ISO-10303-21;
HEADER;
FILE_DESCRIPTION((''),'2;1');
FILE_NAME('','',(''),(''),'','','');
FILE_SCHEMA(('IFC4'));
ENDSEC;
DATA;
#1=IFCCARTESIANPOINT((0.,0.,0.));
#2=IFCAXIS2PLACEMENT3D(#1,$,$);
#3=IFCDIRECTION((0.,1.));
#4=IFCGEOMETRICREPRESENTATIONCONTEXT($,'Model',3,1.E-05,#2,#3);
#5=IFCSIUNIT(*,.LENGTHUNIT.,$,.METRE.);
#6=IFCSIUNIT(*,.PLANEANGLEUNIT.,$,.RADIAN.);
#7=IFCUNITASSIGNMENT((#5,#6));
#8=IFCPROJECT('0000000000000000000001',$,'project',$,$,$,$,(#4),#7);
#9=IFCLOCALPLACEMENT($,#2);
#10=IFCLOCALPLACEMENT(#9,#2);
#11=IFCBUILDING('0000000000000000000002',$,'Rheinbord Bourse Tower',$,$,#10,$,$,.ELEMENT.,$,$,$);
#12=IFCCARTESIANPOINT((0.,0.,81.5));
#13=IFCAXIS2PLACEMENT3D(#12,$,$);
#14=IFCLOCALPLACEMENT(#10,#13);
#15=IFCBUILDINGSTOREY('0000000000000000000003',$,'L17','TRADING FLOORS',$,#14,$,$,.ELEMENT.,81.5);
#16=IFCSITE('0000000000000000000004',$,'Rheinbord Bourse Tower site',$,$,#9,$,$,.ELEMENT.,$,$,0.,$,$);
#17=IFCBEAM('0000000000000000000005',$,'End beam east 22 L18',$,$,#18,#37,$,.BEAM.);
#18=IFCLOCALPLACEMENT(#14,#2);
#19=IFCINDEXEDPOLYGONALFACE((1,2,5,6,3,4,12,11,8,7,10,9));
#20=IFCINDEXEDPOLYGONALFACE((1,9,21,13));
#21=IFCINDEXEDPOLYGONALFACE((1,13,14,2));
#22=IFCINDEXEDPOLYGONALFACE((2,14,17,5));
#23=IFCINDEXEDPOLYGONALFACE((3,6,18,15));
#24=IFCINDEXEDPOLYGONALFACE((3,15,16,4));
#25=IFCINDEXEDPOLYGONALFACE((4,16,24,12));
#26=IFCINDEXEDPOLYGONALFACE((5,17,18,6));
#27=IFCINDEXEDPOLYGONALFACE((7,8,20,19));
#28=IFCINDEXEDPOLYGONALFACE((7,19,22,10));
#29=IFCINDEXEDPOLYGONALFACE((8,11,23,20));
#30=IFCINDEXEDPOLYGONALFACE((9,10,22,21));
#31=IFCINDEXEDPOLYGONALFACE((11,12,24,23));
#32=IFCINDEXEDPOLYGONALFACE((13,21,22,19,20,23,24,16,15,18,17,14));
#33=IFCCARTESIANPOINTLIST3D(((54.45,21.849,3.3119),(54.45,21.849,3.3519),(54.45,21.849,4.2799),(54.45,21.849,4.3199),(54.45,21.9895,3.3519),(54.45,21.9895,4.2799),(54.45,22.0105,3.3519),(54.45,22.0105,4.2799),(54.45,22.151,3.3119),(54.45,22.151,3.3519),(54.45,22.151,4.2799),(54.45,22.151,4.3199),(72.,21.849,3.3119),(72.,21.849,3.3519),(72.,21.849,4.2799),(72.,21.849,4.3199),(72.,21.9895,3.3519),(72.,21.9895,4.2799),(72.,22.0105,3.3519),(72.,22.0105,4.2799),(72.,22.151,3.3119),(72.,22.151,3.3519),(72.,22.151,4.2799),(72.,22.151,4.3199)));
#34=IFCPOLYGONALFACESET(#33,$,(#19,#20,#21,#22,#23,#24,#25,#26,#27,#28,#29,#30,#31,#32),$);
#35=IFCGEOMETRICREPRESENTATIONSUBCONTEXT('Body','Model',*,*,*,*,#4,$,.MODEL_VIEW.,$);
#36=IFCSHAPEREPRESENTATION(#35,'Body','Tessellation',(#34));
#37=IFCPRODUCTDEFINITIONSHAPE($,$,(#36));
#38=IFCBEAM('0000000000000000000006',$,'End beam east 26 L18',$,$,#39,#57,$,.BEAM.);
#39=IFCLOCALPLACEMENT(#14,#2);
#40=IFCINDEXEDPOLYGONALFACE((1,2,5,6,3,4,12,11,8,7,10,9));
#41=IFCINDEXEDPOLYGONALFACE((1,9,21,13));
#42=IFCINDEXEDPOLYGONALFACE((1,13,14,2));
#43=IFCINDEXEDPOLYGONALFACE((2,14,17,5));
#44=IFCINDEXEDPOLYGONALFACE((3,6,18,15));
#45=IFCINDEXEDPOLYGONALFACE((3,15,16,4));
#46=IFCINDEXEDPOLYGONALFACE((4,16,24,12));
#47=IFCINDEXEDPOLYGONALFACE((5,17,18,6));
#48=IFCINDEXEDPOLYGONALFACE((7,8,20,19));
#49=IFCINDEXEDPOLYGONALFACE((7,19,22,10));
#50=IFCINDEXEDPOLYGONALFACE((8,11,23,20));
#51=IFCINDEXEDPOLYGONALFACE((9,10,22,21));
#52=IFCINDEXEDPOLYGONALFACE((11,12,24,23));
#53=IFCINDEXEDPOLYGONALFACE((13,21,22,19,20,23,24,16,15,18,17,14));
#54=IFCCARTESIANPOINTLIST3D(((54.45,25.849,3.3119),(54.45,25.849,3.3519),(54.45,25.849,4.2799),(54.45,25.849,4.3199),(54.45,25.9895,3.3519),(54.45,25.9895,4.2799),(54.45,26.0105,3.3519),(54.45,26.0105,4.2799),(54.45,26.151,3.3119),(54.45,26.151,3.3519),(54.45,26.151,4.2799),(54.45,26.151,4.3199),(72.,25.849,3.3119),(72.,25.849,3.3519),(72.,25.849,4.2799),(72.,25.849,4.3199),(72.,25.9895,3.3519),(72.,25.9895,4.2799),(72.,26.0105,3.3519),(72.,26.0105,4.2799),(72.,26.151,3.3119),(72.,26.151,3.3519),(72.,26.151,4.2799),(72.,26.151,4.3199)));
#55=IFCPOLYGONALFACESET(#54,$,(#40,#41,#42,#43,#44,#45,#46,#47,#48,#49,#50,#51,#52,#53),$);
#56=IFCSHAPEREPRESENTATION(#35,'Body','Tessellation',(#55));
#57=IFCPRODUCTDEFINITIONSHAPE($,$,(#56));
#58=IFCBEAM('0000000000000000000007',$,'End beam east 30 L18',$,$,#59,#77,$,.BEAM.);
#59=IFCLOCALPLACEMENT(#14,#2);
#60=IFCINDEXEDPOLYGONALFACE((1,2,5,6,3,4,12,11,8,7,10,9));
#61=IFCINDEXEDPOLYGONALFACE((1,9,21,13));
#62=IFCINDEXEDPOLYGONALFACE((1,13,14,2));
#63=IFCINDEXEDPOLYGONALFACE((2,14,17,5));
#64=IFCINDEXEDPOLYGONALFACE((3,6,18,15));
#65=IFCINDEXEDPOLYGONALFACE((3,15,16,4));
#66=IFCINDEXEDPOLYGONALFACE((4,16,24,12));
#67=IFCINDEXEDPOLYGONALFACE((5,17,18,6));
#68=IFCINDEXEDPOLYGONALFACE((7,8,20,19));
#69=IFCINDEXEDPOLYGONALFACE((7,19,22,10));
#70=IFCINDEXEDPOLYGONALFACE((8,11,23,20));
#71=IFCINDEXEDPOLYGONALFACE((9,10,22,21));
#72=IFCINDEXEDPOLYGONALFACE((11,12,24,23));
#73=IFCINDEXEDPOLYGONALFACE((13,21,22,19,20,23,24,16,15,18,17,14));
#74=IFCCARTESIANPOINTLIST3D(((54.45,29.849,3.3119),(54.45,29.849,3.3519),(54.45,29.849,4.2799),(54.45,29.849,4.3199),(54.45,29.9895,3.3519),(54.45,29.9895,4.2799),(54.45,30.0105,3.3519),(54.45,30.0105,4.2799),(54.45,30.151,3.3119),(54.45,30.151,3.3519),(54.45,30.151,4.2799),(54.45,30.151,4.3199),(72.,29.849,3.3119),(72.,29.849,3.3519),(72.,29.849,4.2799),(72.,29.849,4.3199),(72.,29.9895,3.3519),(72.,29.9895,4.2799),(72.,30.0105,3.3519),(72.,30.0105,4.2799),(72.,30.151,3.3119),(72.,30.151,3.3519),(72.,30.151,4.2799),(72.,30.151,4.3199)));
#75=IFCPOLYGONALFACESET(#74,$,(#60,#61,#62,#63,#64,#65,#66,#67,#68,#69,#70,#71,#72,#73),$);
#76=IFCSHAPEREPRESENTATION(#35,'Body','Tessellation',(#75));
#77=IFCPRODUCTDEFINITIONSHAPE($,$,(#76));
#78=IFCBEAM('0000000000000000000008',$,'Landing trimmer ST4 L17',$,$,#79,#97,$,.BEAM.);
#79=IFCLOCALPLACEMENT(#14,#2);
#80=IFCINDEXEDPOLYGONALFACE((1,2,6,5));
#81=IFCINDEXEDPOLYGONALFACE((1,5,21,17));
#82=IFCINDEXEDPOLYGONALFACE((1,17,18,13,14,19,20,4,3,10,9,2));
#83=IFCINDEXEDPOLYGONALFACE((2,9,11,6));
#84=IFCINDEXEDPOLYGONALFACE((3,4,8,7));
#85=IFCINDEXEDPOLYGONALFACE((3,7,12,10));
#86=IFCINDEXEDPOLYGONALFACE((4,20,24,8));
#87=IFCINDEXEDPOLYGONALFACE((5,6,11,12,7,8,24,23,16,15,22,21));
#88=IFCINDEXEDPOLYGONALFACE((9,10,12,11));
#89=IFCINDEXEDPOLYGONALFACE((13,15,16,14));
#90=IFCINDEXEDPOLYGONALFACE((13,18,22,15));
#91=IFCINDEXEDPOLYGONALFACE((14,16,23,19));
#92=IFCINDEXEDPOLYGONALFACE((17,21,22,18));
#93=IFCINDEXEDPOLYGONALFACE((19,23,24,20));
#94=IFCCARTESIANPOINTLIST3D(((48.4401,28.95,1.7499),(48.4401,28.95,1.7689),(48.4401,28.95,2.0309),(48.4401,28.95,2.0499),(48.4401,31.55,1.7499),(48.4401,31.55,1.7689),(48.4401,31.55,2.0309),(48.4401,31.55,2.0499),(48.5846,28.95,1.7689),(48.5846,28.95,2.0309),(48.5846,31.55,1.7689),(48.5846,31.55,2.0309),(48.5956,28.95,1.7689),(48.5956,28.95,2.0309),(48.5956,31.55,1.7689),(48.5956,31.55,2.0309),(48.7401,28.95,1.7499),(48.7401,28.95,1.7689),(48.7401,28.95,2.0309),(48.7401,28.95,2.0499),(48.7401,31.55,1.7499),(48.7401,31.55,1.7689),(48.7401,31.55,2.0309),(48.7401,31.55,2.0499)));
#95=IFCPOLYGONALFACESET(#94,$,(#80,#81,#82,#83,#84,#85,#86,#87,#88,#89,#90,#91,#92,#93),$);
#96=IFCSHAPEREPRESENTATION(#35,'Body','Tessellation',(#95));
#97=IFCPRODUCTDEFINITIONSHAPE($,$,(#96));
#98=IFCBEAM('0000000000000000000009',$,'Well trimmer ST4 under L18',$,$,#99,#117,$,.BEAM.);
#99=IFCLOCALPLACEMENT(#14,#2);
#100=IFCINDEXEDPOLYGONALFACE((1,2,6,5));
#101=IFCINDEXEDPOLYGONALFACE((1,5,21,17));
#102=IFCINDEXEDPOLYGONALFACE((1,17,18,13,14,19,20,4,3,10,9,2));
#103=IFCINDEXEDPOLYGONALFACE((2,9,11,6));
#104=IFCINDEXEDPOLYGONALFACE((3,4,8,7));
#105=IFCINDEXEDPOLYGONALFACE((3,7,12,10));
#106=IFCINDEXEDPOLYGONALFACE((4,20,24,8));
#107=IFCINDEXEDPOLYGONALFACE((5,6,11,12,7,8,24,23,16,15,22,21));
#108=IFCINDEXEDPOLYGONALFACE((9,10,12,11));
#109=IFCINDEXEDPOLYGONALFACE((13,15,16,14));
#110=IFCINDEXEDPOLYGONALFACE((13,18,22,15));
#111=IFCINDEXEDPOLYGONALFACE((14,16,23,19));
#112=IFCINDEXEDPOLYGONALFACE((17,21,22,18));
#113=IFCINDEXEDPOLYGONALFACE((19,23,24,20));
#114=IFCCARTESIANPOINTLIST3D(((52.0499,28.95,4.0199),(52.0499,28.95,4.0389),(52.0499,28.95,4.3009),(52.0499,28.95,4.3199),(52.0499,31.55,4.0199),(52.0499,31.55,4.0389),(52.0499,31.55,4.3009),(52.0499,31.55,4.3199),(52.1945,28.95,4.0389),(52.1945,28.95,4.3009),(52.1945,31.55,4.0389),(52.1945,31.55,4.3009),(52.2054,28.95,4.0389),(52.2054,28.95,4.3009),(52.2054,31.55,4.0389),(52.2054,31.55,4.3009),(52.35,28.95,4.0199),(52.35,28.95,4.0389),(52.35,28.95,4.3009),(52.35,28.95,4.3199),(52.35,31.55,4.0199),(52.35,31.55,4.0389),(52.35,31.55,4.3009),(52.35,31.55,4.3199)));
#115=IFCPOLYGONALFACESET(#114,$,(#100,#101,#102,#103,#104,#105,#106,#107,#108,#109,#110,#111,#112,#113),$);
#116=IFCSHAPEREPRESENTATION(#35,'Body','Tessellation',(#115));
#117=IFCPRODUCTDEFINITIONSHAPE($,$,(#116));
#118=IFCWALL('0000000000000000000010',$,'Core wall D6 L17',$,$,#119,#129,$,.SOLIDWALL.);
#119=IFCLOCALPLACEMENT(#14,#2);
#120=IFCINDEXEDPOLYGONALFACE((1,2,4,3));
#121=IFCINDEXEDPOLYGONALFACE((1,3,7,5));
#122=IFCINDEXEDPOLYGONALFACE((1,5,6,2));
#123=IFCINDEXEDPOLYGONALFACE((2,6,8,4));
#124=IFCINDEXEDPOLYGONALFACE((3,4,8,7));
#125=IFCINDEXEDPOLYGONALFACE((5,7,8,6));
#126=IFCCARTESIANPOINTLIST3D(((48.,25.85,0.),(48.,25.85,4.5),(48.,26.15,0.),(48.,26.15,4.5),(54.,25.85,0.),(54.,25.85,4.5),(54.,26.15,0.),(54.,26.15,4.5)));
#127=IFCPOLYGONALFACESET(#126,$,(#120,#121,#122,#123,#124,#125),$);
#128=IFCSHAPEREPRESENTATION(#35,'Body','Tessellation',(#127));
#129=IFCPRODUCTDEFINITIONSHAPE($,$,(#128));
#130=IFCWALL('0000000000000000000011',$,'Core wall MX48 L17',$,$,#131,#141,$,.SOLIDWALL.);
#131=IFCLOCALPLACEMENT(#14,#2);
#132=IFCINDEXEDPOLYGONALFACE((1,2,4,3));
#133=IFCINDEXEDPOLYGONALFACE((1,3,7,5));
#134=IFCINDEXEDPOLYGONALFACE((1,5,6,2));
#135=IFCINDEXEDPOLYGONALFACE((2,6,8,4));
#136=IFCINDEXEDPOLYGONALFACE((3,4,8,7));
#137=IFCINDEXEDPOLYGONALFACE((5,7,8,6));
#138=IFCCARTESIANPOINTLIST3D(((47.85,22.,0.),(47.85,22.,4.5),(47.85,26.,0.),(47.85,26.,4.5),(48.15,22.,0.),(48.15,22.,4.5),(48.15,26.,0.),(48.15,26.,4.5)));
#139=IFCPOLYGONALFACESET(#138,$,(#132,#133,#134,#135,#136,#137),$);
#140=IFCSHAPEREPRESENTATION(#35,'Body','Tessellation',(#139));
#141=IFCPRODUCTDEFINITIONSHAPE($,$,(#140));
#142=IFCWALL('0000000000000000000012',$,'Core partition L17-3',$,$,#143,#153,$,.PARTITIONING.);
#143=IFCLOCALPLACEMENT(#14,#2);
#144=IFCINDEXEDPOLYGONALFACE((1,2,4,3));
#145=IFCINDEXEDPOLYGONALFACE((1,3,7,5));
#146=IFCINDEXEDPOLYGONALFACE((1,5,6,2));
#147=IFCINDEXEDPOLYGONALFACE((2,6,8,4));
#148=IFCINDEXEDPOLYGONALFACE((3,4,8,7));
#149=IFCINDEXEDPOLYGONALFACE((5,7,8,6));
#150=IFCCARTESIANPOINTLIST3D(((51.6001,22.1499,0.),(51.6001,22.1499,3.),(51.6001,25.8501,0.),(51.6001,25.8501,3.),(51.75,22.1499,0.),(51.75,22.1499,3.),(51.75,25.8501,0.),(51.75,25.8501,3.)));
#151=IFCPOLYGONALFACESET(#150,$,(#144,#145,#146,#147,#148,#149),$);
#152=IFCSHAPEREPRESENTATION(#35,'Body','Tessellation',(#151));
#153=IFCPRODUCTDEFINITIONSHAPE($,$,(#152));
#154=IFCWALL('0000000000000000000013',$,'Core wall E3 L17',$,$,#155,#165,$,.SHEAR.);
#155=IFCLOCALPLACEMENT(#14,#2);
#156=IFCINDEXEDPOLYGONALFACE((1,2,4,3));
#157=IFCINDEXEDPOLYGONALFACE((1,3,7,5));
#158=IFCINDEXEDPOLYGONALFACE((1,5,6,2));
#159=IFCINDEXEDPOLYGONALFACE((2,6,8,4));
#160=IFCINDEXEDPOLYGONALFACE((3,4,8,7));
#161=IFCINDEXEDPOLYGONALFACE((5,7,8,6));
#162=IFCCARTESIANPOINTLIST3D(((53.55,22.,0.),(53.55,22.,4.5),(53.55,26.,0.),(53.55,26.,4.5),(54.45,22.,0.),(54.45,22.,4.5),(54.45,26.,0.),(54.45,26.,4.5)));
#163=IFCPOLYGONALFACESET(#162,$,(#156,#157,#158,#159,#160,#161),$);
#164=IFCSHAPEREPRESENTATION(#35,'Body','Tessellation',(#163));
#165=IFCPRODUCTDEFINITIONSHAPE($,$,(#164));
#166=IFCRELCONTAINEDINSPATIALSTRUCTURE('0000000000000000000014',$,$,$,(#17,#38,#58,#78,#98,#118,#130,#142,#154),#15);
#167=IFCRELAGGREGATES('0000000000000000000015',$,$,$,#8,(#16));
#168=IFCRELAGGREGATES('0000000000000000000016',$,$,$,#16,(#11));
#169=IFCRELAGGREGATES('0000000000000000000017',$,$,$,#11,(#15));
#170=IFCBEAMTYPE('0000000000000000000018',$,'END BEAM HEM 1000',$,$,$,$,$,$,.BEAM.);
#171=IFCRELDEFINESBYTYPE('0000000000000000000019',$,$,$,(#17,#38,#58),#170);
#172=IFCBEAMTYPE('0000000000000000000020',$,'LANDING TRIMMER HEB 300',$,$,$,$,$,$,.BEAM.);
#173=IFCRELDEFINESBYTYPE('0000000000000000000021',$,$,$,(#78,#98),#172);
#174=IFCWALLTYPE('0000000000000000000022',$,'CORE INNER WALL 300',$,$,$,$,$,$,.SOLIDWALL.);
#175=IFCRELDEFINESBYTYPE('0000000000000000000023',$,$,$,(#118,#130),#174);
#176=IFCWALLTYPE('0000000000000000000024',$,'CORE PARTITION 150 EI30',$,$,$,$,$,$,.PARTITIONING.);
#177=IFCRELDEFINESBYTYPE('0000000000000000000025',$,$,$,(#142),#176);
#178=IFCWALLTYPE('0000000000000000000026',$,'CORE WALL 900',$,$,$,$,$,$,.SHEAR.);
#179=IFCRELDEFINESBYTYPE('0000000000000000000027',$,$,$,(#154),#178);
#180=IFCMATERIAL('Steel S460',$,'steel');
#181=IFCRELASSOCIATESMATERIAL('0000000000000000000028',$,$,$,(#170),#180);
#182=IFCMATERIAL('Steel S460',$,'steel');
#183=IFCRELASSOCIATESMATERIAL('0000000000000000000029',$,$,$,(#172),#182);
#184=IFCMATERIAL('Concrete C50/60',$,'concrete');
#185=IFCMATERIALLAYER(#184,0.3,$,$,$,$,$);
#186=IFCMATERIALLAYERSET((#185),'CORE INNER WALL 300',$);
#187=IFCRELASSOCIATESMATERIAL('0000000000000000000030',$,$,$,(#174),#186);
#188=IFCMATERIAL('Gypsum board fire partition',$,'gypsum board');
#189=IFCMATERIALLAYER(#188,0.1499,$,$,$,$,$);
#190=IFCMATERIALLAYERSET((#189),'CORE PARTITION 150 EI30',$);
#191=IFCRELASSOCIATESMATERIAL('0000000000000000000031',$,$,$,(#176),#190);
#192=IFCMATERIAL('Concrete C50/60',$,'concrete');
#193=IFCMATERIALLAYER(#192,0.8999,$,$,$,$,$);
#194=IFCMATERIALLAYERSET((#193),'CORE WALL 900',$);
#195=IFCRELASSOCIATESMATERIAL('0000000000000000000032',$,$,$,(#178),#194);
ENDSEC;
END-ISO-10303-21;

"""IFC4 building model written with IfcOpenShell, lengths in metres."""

from ifc_helpers import new_model, si_unit, direction, frame, frame_2d, origin, origin_2d, place, context, subcontext, project, spatial, rectangle, i_section, extrude, material, layer, layer_set, material_profile, profile_set, type_object, element, save


model = new_model("IFC4")

# Units and contexts
model_context = context("Model", 3, precision=1e-05, world=origin(), true_north=direction((0.0, 1.0)))
body_context = subcontext(model_context, "Body", "Model", "MODEL_VIEW")
ifc_project = project(units=[si_unit("LENGTHUNIT", "METRE"), si_unit("PLANEANGLEUNIT", "RADIAN")], contexts=[model_context])

# Site, building, storey
site_placement = place(None, origin())
site = spatial("IfcSite", under=ifc_project, at=site_placement, Name="Rheinbord Bourse Tower site", CompositionType="ELEMENT", RefElevation=0.0)
building_placement = place(site_placement, origin())
building = spatial("IfcBuilding", under=site, at=building_placement, Name="Rheinbord Bourse Tower", CompositionType="ELEMENT")
storey_placement = place(building_placement, frame((0.0, 0.0, 81.5)))
storey = spatial("IfcBuildingStorey", under=building, at=storey_placement, Name="L17", Description="TRADING FLOORS", CompositionType="ELEMENT", Elevation=81.5)

# Beams
ifc_material_1 = material(Name="Steel S460", Category="steel")
ifc_material_profile_1 = material_profile(ifc_material_1, i_section(OverallWidth=0.302, OverallDepth=1.0081, WebThickness=0.021, FlangeThickness=0.04, at=origin_2d()), Name="HEM 1000")
ifc_profile_set_1 = profile_set([ifc_material_profile_1], Name="Steel S460")
beam_type_1 = type_object("IfcBeamType", Name="END BEAM HEM 1000", PredefinedType="BEAM", material=ifc_profile_set_1)
for number, where, z_axis, x_axis, name in (
    (1, (54.45, 22.0, 3.8159), (1.0, 0.0, 0.0), (0.0, 1.0, 0.0), "End beam east 22 L18"),
    (2, (54.45, 26.0, 3.8159), (1.0, 0.0, 0.0), (0.0, 1.0, 0.0), "End beam east 26 L18"),
    (3, (54.45, 30.0, 3.8159), (1.0, 0.0, 0.0), (0.0, 1.0, 0.0), "End beam east 30 L18"),
):
    element("IfcBeam", number, at=place(storey_placement, frame(where, z_axis=z_axis, x_axis=x_axis)), inside=storey, type_object=beam_type_1, Name=name, PredefinedType="BEAM", context=body_context, shape_type="SweptSolid", body=[
        extrude(i_section(OverallWidth=0.302, OverallDepth=1.0081, WebThickness=0.021, FlangeThickness=0.04, at=origin_2d()), origin(), (0.0, 0.0, 1.0), 17.55),
    ])
ifc_material_2 = material(Name="Steel S460", Category="steel")
ifc_material_profile_2 = material_profile(ifc_material_2, i_section(OverallWidth=0.3, OverallDepth=0.3, WebThickness=0.011, FlangeThickness=0.019, at=origin_2d()), Name="HEB 300")
ifc_profile_set_2 = profile_set([ifc_material_profile_2], Name="Steel S460")
beam_type_2 = type_object("IfcBeamType", Name="LANDING TRIMMER HEB 300", PredefinedType="BEAM", material=ifc_profile_set_2)
for number, where, z_axis, x_axis, name in (
    (4, (48.5901, 28.95, 1.8999), (0.0, 1.0, 0.0), (-1.0, 0.0, 0.0), "Landing trimmer ST4 L17"),
    (5, (52.2, 28.95, 4.1699), (0.0, 1.0, 0.0), (-1.0, 0.0, 0.0), "Well trimmer ST4 under L18"),
):
    element("IfcBeam", number, at=place(storey_placement, frame(where, z_axis=z_axis, x_axis=x_axis)), inside=storey, type_object=beam_type_2, Name=name, PredefinedType="BEAM", context=body_context, shape_type="SweptSolid", body=[
        extrude(i_section(OverallWidth=0.3, OverallDepth=0.3, WebThickness=0.011, FlangeThickness=0.019, at=origin_2d()), origin(), (0.0, 0.0, 1.0), 2.6001),
    ])

# Walls
ifc_material_3 = material(Name="Concrete C50/60", Category="concrete")
ifc_layer_1 = layer(ifc_material_3, 0.3)
ifc_layer_set_1 = layer_set([ifc_layer_1], Name="CORE INNER WALL 300")
wall_type_1 = type_object("IfcWallType", Name="CORE INNER WALL 300", PredefinedType="SOLIDWALL", material=ifc_layer_set_1)
wall_1_placement = place(storey_placement, frame((48.0, 26.0, 0.0), z_axis=(0.0, 0.0, 1.0), x_axis=(1.0, 0.0, 0.0)))
element("IfcWall", 6, at=wall_1_placement, inside=storey, type_object=wall_type_1, Name="Core wall D6 L17", PredefinedType="SOLIDWALL", context=body_context, shape_type="SweptSolid", body=[
    extrude(rectangle(XDim=6.0, YDim=0.3, at=frame_2d((3.0, 0.0))), origin(), (0.0, 0.0, 1.0), 4.5),
])
wall_2_placement = place(storey_placement, frame((48.0, 22.0, 0.0), z_axis=(0.0, 0.0, 1.0), x_axis=(0.0, 1.0, 0.0)))
element("IfcWall", 7, at=wall_2_placement, inside=storey, type_object=wall_type_1, Name="Core wall MX48 L17", PredefinedType="SOLIDWALL", context=body_context, shape_type="SweptSolid", body=[
    extrude(rectangle(XDim=4.0, YDim=0.3, at=frame_2d((2.0, 0.0))), origin(), (0.0, 0.0, 1.0), 4.5),
])
ifc_material_4 = material(Name="Gypsum board fire partition", Category="gypsum board")
ifc_layer_2 = layer(ifc_material_4, 0.1499)
ifc_layer_set_2 = layer_set([ifc_layer_2], Name="CORE PARTITION 150 EI30")
wall_type_2 = type_object("IfcWallType", Name="CORE PARTITION 150 EI30", PredefinedType="PARTITIONING", material=ifc_layer_set_2)
wall_3_placement = place(storey_placement, frame((51.675, 22.1499, 0.0), z_axis=(0.0, 0.0, 1.0), x_axis=(0.0, 1.0, 0.0)))
element("IfcWall", 8, at=wall_3_placement, inside=storey, type_object=wall_type_2, Name="Core partition L17-3", PredefinedType="PARTITIONING", context=body_context, shape_type="SweptSolid", body=[
    extrude(rectangle(XDim=3.7002, YDim=0.1499, at=frame_2d((1.8501, 0.0))), origin(), (0.0, 0.0, 1.0), 3.0),
])
ifc_material_5 = material(Name="Concrete C50/60", Category="concrete")
ifc_layer_3 = layer(ifc_material_5, 0.8999)
ifc_layer_set_3 = layer_set([ifc_layer_3], Name="CORE WALL 900")
wall_type_3 = type_object("IfcWallType", Name="CORE WALL 900", PredefinedType="SHEAR", material=ifc_layer_set_3)
wall_4_placement = place(storey_placement, frame((54.0, 22.0, 0.0), z_axis=(0.0, 0.0, 1.0), x_axis=(0.0, 1.0, 0.0)))
element("IfcWall", 9, at=wall_4_placement, inside=storey, type_object=wall_type_3, Name="Core wall E3 L17", PredefinedType="SHEAR", context=body_context, shape_type="SweptSolid", body=[
    extrude(rectangle(XDim=4.0, YDim=0.8999, at=frame_2d((2.0, 0.0))), origin(), (0.0, 0.0, 1.0), 4.5),
])

save(model, "model.ifc")
